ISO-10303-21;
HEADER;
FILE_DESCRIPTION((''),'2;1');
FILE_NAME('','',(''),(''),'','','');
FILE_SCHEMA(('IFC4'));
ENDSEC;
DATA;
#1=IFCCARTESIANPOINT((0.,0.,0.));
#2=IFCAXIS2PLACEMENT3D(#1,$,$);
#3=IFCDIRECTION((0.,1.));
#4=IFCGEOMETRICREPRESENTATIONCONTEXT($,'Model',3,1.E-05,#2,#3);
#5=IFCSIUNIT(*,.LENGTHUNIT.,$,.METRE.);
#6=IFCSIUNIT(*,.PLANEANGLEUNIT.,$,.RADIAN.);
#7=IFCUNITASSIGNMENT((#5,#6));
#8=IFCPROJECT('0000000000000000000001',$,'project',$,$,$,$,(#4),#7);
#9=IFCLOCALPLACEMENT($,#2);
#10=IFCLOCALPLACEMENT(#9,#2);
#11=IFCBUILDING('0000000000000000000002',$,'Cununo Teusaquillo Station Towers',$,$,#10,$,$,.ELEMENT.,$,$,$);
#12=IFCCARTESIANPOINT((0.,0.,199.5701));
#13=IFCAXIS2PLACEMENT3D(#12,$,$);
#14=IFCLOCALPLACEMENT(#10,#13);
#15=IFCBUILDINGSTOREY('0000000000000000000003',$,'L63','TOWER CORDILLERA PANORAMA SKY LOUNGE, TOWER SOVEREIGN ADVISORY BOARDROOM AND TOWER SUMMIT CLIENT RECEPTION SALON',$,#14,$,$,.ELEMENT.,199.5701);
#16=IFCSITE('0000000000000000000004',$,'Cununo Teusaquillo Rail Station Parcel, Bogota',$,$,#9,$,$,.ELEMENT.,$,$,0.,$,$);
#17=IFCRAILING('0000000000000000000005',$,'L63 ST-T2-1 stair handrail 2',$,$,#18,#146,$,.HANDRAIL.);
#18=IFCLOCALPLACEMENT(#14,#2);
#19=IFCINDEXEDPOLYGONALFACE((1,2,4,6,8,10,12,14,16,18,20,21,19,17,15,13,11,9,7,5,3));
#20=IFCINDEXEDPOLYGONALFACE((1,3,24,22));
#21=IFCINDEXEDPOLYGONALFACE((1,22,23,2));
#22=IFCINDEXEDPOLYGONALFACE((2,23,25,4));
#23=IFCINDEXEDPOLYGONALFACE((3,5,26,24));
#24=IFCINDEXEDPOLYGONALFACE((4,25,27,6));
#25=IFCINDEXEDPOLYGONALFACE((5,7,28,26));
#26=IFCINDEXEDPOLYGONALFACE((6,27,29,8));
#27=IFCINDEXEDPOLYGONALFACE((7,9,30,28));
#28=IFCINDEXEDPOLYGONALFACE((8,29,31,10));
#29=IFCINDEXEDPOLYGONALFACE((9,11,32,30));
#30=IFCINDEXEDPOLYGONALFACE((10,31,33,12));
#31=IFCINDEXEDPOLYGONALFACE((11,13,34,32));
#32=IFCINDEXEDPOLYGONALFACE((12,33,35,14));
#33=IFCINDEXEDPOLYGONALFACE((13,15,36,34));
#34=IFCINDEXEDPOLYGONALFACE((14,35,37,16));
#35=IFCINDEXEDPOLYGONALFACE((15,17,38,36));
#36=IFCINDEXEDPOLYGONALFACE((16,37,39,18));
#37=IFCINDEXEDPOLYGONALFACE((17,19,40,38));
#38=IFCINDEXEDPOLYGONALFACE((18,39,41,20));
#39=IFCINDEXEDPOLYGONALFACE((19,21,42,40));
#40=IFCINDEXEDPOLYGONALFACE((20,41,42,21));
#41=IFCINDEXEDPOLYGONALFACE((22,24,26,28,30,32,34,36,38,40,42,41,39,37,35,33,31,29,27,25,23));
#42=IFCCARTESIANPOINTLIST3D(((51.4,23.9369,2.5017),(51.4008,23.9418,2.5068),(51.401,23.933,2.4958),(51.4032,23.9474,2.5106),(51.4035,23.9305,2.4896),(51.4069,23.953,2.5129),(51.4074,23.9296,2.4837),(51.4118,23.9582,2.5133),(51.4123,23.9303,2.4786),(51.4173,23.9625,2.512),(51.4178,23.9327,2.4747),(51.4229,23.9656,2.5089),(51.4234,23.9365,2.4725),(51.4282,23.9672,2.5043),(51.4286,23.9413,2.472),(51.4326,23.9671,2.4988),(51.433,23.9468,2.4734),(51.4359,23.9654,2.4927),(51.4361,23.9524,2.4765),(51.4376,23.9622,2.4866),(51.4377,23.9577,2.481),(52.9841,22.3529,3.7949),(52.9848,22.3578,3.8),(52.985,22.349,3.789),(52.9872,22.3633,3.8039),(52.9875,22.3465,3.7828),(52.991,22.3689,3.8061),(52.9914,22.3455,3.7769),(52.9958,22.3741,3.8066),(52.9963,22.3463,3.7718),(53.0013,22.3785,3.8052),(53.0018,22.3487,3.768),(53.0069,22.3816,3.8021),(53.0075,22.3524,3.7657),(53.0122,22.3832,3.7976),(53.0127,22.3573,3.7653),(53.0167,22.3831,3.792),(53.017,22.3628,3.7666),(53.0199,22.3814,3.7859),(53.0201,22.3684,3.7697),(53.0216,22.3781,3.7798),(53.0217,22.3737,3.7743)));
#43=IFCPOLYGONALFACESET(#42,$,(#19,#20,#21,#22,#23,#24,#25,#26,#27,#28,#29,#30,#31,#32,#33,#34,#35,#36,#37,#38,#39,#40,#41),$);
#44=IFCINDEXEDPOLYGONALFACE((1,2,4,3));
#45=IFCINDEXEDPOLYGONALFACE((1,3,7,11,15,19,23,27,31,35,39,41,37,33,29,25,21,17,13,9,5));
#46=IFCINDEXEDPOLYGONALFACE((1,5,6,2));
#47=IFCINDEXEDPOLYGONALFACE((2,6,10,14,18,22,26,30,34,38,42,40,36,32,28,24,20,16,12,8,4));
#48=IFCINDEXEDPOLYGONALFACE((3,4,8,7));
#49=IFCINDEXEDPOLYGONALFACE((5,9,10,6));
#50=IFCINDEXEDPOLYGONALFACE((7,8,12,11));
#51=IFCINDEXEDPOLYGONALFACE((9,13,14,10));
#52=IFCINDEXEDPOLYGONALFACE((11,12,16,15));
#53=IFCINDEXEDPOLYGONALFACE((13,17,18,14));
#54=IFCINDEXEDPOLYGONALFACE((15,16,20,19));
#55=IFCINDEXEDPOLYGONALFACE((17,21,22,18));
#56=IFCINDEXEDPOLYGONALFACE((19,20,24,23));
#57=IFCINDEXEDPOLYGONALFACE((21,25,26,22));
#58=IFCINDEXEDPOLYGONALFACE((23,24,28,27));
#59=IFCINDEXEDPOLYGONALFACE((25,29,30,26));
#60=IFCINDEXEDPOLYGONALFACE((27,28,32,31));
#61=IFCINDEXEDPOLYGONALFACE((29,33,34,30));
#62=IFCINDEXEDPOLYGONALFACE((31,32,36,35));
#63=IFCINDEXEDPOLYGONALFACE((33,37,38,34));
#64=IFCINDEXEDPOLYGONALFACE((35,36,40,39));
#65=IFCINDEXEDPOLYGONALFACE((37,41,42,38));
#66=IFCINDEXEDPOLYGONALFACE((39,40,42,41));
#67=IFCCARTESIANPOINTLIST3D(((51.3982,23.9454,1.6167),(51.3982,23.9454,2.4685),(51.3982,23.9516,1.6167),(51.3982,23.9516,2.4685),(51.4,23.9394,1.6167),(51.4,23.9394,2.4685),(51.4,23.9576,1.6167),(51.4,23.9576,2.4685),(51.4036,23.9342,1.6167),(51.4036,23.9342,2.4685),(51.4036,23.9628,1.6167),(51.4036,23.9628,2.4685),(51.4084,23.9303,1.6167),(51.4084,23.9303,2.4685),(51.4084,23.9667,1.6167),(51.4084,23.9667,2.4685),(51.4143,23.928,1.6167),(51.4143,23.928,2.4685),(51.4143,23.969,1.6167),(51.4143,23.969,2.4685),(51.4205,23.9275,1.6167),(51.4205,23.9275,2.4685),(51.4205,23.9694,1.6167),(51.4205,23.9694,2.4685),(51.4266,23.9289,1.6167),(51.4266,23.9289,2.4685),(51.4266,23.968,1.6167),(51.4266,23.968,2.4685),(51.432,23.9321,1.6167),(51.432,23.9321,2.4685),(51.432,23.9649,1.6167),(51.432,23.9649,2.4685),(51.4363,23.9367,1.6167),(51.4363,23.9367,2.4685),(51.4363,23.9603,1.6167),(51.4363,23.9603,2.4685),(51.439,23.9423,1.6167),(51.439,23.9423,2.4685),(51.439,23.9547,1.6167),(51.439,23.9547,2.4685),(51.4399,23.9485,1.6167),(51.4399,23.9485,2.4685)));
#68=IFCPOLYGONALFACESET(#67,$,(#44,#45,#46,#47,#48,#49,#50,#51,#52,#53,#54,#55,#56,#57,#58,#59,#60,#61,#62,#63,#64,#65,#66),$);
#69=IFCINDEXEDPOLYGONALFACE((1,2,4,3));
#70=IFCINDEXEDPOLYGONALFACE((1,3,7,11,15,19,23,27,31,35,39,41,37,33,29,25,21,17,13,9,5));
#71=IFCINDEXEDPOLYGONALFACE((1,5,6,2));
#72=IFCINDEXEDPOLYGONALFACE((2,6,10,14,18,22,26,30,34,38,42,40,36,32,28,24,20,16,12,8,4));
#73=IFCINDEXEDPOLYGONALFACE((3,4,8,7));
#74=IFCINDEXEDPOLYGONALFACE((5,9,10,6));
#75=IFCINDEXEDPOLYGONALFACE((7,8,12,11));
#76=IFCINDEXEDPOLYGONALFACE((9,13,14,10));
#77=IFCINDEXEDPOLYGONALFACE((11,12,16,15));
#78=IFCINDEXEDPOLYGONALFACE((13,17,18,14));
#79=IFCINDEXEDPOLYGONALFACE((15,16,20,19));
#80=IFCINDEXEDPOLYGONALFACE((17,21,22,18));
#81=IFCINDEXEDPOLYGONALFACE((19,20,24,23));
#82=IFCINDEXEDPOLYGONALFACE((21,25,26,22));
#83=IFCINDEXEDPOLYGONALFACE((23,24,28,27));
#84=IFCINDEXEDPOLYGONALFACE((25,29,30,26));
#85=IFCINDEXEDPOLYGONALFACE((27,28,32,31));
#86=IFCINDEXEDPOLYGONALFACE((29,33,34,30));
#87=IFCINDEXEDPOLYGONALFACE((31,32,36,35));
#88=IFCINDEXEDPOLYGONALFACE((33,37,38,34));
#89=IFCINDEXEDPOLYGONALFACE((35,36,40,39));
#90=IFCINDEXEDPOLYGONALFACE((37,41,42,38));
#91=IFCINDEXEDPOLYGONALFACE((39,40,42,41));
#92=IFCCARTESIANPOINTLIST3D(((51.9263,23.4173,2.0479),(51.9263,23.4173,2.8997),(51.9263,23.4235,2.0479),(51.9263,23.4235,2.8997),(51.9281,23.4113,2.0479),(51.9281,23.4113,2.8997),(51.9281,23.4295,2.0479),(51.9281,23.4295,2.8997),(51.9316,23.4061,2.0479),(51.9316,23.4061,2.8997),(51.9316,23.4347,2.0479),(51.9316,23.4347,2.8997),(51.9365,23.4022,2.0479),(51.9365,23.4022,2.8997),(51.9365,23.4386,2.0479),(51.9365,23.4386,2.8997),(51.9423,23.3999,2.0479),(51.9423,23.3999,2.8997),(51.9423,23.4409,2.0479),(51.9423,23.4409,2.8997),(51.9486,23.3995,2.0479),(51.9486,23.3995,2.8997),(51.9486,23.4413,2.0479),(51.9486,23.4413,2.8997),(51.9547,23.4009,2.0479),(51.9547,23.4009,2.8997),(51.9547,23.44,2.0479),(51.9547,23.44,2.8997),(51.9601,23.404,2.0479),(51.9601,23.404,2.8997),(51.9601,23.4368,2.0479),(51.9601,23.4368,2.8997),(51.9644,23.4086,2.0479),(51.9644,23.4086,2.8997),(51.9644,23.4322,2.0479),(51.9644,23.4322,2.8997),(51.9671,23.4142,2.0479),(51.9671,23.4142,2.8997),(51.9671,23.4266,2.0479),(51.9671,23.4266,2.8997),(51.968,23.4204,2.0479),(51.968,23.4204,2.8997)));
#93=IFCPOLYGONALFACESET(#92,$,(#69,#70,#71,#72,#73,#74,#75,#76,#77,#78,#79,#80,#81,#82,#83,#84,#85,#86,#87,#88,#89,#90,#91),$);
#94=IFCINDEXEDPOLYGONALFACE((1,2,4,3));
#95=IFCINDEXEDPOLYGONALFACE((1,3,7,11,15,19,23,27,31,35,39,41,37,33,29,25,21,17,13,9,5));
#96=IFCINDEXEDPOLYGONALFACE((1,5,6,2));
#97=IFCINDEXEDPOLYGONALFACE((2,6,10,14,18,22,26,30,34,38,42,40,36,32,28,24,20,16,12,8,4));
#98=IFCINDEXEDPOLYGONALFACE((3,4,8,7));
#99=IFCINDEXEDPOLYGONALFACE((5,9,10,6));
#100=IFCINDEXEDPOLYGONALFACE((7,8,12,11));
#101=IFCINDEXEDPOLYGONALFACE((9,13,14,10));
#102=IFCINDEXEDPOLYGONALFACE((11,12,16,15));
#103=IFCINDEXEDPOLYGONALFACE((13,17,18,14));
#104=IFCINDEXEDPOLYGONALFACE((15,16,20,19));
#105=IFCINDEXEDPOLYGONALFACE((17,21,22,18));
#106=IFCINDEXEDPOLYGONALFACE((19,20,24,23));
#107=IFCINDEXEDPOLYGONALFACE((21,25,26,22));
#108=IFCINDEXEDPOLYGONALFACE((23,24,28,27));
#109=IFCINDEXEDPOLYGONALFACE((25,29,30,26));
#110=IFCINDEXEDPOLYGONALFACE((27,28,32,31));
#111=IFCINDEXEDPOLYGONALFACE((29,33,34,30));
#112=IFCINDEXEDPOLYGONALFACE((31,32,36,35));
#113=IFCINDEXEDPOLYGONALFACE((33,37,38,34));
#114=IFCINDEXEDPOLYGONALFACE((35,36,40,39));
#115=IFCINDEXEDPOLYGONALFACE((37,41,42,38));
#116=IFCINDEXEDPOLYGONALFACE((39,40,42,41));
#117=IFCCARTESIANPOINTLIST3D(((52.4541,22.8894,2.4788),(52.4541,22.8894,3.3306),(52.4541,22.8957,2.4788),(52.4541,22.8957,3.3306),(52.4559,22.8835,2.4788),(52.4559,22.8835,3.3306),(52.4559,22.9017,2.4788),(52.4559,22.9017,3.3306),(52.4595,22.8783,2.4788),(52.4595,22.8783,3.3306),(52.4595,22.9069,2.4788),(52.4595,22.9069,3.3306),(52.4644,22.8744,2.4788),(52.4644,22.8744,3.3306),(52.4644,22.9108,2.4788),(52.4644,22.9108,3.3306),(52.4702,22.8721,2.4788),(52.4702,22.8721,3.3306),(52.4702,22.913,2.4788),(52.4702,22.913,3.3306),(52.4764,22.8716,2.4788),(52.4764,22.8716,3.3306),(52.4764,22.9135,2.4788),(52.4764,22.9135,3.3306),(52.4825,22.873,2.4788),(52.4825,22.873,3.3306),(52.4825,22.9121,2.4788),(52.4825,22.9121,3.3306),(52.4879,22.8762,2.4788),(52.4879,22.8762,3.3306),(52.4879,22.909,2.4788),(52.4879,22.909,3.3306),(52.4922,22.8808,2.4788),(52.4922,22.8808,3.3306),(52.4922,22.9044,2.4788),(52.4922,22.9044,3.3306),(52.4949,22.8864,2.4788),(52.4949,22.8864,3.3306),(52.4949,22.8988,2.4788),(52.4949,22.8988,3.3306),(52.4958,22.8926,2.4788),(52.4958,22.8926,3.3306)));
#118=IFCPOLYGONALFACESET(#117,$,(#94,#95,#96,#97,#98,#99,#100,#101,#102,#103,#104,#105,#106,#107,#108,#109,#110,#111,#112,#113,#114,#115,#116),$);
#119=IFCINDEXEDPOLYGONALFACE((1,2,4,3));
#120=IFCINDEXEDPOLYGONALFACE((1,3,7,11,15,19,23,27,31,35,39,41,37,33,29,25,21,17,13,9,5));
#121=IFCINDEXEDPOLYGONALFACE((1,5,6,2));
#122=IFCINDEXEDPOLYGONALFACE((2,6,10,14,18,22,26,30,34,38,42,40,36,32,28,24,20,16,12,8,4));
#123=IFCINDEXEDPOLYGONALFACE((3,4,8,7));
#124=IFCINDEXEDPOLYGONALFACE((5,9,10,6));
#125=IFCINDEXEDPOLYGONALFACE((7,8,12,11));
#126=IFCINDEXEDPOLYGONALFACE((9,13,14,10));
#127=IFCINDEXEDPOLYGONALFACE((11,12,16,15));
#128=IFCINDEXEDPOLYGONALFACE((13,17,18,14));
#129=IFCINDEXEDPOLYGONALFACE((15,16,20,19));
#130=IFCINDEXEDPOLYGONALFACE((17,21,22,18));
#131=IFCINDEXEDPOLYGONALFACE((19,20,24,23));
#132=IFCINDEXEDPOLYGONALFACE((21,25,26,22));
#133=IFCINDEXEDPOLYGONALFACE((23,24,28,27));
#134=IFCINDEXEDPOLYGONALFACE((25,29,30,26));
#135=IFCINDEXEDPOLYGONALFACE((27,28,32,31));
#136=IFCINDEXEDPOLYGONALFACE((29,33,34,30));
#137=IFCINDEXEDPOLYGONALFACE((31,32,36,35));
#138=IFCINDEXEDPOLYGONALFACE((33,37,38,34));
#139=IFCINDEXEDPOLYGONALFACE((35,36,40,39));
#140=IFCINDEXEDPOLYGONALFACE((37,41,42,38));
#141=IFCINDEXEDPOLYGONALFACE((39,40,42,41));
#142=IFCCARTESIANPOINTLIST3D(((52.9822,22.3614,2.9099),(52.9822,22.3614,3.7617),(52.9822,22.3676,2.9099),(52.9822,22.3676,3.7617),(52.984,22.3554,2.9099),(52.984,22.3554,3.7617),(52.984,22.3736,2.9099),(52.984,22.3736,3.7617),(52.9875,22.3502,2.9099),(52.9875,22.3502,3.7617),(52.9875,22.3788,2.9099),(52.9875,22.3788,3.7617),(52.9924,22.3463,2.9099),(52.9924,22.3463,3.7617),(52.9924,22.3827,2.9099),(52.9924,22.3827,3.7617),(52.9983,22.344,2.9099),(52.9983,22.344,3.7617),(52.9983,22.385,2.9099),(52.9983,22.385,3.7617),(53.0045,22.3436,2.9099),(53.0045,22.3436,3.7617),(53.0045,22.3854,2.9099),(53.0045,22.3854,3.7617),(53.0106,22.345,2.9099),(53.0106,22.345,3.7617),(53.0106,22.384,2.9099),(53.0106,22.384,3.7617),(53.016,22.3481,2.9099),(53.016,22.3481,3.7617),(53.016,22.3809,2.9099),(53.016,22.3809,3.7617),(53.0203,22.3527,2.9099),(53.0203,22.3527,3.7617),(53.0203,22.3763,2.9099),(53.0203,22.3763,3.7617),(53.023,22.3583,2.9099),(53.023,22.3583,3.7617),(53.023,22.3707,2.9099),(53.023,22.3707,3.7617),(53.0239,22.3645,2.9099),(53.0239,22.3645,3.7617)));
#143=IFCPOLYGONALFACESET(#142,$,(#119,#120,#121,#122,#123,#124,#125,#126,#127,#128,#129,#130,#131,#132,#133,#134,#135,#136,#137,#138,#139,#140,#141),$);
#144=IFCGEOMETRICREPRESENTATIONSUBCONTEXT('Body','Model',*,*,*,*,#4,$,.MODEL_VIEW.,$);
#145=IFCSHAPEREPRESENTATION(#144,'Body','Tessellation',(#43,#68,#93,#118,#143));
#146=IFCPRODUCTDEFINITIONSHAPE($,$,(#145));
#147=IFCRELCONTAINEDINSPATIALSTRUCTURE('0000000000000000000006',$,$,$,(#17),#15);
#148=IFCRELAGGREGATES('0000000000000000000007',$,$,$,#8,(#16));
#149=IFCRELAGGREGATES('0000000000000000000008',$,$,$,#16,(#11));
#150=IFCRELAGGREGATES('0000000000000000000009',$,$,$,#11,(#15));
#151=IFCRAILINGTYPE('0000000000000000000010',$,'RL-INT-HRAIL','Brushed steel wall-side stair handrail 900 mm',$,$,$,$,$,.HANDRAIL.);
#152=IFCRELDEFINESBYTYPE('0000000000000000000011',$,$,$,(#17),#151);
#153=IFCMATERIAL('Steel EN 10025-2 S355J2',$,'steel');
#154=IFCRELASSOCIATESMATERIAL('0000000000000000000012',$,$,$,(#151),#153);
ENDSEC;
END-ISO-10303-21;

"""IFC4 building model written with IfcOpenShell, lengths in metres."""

from ifc_helpers import new_model, si_unit, direction, frame, origin, origin_2d, place, context, subcontext, project, spatial, circle, extrude, material, type_object, element, save


model = new_model("IFC4")

# Units and contexts
model_context = context("Model", 3, precision=1e-05, world=origin(), true_north=direction((0.0, 1.0)))
body_context = subcontext(model_context, "Body", "Model", "MODEL_VIEW")
ifc_project = project(units=[si_unit("LENGTHUNIT", "METRE"), si_unit("PLANEANGLEUNIT", "RADIAN")], contexts=[model_context])

# Site, building, storey
site_placement = place(None, origin())
site = spatial("IfcSite", under=ifc_project, at=site_placement, Name="Cununo Teusaquillo Rail Station Parcel, Bogota", CompositionType="ELEMENT", RefElevation=0.0)
building_placement = place(site_placement, origin())
building = spatial("IfcBuilding", under=site, at=building_placement, Name="Cununo Teusaquillo Station Towers", CompositionType="ELEMENT")
storey_placement = place(building_placement, frame((0.0, 0.0, 199.5701)))
storey = spatial("IfcBuildingStorey", under=building, at=storey_placement, Name="L63", Description="TOWER CORDILLERA PANORAMA SKY LOUNGE, TOWER SOVEREIGN ADVISORY BOARDROOM AND TOWER SUMMIT CLIENT RECEPTION SALON", CompositionType="ELEMENT", Elevation=199.5701)

# Railing
ifc_material_1 = material(Name="Steel EN 10025-2 S355J2", Category="steel")
railing_type = type_object("IfcRailingType", Name="RL-INT-HRAIL", Description="Brushed steel wall-side stair handrail 900 mm", PredefinedType="HANDRAIL", material=ifc_material_1)
railing_placement = place(storey_placement, frame((51.4189, 23.9485, 1.6167)))
element("IfcRailing", 1, at=railing_placement, inside=storey, type_object=railing_type, Name="L63 ST-T2-1 stair handrail 2", PredefinedType="HANDRAIL", context=body_context, shape_type="SweptSolid", body=[
    extrude(circle(Radius=0.0239, at=origin_2d()), frame((0.0, 0.0, 0.876), z_axis=(0.612385, -0.612385, 0.49997), x_axis=(0.707107, 0.707107, 0.0)), (0.0, 0.0, 1.0), 2.5867),
    extrude(circle(Radius=0.021, at=origin_2d()), origin(), (0.0, 0.0, 1.0), 0.8518),
    extrude(circle(Radius=0.021, at=origin_2d()), frame((0.5281, -0.5281, 0.4312)), (0.0, 0.0, 1.0), 0.8518),
    extrude(circle(Radius=0.021, at=origin_2d()), frame((1.0559, -1.0559, 0.8621)), (0.0, 0.0, 1.0), 0.8518),
    extrude(circle(Radius=0.021, at=origin_2d()), frame((1.584, -1.584, 1.2932)), (0.0, 0.0, 1.0), 0.8518),
])

save(model, "model.ifc")
